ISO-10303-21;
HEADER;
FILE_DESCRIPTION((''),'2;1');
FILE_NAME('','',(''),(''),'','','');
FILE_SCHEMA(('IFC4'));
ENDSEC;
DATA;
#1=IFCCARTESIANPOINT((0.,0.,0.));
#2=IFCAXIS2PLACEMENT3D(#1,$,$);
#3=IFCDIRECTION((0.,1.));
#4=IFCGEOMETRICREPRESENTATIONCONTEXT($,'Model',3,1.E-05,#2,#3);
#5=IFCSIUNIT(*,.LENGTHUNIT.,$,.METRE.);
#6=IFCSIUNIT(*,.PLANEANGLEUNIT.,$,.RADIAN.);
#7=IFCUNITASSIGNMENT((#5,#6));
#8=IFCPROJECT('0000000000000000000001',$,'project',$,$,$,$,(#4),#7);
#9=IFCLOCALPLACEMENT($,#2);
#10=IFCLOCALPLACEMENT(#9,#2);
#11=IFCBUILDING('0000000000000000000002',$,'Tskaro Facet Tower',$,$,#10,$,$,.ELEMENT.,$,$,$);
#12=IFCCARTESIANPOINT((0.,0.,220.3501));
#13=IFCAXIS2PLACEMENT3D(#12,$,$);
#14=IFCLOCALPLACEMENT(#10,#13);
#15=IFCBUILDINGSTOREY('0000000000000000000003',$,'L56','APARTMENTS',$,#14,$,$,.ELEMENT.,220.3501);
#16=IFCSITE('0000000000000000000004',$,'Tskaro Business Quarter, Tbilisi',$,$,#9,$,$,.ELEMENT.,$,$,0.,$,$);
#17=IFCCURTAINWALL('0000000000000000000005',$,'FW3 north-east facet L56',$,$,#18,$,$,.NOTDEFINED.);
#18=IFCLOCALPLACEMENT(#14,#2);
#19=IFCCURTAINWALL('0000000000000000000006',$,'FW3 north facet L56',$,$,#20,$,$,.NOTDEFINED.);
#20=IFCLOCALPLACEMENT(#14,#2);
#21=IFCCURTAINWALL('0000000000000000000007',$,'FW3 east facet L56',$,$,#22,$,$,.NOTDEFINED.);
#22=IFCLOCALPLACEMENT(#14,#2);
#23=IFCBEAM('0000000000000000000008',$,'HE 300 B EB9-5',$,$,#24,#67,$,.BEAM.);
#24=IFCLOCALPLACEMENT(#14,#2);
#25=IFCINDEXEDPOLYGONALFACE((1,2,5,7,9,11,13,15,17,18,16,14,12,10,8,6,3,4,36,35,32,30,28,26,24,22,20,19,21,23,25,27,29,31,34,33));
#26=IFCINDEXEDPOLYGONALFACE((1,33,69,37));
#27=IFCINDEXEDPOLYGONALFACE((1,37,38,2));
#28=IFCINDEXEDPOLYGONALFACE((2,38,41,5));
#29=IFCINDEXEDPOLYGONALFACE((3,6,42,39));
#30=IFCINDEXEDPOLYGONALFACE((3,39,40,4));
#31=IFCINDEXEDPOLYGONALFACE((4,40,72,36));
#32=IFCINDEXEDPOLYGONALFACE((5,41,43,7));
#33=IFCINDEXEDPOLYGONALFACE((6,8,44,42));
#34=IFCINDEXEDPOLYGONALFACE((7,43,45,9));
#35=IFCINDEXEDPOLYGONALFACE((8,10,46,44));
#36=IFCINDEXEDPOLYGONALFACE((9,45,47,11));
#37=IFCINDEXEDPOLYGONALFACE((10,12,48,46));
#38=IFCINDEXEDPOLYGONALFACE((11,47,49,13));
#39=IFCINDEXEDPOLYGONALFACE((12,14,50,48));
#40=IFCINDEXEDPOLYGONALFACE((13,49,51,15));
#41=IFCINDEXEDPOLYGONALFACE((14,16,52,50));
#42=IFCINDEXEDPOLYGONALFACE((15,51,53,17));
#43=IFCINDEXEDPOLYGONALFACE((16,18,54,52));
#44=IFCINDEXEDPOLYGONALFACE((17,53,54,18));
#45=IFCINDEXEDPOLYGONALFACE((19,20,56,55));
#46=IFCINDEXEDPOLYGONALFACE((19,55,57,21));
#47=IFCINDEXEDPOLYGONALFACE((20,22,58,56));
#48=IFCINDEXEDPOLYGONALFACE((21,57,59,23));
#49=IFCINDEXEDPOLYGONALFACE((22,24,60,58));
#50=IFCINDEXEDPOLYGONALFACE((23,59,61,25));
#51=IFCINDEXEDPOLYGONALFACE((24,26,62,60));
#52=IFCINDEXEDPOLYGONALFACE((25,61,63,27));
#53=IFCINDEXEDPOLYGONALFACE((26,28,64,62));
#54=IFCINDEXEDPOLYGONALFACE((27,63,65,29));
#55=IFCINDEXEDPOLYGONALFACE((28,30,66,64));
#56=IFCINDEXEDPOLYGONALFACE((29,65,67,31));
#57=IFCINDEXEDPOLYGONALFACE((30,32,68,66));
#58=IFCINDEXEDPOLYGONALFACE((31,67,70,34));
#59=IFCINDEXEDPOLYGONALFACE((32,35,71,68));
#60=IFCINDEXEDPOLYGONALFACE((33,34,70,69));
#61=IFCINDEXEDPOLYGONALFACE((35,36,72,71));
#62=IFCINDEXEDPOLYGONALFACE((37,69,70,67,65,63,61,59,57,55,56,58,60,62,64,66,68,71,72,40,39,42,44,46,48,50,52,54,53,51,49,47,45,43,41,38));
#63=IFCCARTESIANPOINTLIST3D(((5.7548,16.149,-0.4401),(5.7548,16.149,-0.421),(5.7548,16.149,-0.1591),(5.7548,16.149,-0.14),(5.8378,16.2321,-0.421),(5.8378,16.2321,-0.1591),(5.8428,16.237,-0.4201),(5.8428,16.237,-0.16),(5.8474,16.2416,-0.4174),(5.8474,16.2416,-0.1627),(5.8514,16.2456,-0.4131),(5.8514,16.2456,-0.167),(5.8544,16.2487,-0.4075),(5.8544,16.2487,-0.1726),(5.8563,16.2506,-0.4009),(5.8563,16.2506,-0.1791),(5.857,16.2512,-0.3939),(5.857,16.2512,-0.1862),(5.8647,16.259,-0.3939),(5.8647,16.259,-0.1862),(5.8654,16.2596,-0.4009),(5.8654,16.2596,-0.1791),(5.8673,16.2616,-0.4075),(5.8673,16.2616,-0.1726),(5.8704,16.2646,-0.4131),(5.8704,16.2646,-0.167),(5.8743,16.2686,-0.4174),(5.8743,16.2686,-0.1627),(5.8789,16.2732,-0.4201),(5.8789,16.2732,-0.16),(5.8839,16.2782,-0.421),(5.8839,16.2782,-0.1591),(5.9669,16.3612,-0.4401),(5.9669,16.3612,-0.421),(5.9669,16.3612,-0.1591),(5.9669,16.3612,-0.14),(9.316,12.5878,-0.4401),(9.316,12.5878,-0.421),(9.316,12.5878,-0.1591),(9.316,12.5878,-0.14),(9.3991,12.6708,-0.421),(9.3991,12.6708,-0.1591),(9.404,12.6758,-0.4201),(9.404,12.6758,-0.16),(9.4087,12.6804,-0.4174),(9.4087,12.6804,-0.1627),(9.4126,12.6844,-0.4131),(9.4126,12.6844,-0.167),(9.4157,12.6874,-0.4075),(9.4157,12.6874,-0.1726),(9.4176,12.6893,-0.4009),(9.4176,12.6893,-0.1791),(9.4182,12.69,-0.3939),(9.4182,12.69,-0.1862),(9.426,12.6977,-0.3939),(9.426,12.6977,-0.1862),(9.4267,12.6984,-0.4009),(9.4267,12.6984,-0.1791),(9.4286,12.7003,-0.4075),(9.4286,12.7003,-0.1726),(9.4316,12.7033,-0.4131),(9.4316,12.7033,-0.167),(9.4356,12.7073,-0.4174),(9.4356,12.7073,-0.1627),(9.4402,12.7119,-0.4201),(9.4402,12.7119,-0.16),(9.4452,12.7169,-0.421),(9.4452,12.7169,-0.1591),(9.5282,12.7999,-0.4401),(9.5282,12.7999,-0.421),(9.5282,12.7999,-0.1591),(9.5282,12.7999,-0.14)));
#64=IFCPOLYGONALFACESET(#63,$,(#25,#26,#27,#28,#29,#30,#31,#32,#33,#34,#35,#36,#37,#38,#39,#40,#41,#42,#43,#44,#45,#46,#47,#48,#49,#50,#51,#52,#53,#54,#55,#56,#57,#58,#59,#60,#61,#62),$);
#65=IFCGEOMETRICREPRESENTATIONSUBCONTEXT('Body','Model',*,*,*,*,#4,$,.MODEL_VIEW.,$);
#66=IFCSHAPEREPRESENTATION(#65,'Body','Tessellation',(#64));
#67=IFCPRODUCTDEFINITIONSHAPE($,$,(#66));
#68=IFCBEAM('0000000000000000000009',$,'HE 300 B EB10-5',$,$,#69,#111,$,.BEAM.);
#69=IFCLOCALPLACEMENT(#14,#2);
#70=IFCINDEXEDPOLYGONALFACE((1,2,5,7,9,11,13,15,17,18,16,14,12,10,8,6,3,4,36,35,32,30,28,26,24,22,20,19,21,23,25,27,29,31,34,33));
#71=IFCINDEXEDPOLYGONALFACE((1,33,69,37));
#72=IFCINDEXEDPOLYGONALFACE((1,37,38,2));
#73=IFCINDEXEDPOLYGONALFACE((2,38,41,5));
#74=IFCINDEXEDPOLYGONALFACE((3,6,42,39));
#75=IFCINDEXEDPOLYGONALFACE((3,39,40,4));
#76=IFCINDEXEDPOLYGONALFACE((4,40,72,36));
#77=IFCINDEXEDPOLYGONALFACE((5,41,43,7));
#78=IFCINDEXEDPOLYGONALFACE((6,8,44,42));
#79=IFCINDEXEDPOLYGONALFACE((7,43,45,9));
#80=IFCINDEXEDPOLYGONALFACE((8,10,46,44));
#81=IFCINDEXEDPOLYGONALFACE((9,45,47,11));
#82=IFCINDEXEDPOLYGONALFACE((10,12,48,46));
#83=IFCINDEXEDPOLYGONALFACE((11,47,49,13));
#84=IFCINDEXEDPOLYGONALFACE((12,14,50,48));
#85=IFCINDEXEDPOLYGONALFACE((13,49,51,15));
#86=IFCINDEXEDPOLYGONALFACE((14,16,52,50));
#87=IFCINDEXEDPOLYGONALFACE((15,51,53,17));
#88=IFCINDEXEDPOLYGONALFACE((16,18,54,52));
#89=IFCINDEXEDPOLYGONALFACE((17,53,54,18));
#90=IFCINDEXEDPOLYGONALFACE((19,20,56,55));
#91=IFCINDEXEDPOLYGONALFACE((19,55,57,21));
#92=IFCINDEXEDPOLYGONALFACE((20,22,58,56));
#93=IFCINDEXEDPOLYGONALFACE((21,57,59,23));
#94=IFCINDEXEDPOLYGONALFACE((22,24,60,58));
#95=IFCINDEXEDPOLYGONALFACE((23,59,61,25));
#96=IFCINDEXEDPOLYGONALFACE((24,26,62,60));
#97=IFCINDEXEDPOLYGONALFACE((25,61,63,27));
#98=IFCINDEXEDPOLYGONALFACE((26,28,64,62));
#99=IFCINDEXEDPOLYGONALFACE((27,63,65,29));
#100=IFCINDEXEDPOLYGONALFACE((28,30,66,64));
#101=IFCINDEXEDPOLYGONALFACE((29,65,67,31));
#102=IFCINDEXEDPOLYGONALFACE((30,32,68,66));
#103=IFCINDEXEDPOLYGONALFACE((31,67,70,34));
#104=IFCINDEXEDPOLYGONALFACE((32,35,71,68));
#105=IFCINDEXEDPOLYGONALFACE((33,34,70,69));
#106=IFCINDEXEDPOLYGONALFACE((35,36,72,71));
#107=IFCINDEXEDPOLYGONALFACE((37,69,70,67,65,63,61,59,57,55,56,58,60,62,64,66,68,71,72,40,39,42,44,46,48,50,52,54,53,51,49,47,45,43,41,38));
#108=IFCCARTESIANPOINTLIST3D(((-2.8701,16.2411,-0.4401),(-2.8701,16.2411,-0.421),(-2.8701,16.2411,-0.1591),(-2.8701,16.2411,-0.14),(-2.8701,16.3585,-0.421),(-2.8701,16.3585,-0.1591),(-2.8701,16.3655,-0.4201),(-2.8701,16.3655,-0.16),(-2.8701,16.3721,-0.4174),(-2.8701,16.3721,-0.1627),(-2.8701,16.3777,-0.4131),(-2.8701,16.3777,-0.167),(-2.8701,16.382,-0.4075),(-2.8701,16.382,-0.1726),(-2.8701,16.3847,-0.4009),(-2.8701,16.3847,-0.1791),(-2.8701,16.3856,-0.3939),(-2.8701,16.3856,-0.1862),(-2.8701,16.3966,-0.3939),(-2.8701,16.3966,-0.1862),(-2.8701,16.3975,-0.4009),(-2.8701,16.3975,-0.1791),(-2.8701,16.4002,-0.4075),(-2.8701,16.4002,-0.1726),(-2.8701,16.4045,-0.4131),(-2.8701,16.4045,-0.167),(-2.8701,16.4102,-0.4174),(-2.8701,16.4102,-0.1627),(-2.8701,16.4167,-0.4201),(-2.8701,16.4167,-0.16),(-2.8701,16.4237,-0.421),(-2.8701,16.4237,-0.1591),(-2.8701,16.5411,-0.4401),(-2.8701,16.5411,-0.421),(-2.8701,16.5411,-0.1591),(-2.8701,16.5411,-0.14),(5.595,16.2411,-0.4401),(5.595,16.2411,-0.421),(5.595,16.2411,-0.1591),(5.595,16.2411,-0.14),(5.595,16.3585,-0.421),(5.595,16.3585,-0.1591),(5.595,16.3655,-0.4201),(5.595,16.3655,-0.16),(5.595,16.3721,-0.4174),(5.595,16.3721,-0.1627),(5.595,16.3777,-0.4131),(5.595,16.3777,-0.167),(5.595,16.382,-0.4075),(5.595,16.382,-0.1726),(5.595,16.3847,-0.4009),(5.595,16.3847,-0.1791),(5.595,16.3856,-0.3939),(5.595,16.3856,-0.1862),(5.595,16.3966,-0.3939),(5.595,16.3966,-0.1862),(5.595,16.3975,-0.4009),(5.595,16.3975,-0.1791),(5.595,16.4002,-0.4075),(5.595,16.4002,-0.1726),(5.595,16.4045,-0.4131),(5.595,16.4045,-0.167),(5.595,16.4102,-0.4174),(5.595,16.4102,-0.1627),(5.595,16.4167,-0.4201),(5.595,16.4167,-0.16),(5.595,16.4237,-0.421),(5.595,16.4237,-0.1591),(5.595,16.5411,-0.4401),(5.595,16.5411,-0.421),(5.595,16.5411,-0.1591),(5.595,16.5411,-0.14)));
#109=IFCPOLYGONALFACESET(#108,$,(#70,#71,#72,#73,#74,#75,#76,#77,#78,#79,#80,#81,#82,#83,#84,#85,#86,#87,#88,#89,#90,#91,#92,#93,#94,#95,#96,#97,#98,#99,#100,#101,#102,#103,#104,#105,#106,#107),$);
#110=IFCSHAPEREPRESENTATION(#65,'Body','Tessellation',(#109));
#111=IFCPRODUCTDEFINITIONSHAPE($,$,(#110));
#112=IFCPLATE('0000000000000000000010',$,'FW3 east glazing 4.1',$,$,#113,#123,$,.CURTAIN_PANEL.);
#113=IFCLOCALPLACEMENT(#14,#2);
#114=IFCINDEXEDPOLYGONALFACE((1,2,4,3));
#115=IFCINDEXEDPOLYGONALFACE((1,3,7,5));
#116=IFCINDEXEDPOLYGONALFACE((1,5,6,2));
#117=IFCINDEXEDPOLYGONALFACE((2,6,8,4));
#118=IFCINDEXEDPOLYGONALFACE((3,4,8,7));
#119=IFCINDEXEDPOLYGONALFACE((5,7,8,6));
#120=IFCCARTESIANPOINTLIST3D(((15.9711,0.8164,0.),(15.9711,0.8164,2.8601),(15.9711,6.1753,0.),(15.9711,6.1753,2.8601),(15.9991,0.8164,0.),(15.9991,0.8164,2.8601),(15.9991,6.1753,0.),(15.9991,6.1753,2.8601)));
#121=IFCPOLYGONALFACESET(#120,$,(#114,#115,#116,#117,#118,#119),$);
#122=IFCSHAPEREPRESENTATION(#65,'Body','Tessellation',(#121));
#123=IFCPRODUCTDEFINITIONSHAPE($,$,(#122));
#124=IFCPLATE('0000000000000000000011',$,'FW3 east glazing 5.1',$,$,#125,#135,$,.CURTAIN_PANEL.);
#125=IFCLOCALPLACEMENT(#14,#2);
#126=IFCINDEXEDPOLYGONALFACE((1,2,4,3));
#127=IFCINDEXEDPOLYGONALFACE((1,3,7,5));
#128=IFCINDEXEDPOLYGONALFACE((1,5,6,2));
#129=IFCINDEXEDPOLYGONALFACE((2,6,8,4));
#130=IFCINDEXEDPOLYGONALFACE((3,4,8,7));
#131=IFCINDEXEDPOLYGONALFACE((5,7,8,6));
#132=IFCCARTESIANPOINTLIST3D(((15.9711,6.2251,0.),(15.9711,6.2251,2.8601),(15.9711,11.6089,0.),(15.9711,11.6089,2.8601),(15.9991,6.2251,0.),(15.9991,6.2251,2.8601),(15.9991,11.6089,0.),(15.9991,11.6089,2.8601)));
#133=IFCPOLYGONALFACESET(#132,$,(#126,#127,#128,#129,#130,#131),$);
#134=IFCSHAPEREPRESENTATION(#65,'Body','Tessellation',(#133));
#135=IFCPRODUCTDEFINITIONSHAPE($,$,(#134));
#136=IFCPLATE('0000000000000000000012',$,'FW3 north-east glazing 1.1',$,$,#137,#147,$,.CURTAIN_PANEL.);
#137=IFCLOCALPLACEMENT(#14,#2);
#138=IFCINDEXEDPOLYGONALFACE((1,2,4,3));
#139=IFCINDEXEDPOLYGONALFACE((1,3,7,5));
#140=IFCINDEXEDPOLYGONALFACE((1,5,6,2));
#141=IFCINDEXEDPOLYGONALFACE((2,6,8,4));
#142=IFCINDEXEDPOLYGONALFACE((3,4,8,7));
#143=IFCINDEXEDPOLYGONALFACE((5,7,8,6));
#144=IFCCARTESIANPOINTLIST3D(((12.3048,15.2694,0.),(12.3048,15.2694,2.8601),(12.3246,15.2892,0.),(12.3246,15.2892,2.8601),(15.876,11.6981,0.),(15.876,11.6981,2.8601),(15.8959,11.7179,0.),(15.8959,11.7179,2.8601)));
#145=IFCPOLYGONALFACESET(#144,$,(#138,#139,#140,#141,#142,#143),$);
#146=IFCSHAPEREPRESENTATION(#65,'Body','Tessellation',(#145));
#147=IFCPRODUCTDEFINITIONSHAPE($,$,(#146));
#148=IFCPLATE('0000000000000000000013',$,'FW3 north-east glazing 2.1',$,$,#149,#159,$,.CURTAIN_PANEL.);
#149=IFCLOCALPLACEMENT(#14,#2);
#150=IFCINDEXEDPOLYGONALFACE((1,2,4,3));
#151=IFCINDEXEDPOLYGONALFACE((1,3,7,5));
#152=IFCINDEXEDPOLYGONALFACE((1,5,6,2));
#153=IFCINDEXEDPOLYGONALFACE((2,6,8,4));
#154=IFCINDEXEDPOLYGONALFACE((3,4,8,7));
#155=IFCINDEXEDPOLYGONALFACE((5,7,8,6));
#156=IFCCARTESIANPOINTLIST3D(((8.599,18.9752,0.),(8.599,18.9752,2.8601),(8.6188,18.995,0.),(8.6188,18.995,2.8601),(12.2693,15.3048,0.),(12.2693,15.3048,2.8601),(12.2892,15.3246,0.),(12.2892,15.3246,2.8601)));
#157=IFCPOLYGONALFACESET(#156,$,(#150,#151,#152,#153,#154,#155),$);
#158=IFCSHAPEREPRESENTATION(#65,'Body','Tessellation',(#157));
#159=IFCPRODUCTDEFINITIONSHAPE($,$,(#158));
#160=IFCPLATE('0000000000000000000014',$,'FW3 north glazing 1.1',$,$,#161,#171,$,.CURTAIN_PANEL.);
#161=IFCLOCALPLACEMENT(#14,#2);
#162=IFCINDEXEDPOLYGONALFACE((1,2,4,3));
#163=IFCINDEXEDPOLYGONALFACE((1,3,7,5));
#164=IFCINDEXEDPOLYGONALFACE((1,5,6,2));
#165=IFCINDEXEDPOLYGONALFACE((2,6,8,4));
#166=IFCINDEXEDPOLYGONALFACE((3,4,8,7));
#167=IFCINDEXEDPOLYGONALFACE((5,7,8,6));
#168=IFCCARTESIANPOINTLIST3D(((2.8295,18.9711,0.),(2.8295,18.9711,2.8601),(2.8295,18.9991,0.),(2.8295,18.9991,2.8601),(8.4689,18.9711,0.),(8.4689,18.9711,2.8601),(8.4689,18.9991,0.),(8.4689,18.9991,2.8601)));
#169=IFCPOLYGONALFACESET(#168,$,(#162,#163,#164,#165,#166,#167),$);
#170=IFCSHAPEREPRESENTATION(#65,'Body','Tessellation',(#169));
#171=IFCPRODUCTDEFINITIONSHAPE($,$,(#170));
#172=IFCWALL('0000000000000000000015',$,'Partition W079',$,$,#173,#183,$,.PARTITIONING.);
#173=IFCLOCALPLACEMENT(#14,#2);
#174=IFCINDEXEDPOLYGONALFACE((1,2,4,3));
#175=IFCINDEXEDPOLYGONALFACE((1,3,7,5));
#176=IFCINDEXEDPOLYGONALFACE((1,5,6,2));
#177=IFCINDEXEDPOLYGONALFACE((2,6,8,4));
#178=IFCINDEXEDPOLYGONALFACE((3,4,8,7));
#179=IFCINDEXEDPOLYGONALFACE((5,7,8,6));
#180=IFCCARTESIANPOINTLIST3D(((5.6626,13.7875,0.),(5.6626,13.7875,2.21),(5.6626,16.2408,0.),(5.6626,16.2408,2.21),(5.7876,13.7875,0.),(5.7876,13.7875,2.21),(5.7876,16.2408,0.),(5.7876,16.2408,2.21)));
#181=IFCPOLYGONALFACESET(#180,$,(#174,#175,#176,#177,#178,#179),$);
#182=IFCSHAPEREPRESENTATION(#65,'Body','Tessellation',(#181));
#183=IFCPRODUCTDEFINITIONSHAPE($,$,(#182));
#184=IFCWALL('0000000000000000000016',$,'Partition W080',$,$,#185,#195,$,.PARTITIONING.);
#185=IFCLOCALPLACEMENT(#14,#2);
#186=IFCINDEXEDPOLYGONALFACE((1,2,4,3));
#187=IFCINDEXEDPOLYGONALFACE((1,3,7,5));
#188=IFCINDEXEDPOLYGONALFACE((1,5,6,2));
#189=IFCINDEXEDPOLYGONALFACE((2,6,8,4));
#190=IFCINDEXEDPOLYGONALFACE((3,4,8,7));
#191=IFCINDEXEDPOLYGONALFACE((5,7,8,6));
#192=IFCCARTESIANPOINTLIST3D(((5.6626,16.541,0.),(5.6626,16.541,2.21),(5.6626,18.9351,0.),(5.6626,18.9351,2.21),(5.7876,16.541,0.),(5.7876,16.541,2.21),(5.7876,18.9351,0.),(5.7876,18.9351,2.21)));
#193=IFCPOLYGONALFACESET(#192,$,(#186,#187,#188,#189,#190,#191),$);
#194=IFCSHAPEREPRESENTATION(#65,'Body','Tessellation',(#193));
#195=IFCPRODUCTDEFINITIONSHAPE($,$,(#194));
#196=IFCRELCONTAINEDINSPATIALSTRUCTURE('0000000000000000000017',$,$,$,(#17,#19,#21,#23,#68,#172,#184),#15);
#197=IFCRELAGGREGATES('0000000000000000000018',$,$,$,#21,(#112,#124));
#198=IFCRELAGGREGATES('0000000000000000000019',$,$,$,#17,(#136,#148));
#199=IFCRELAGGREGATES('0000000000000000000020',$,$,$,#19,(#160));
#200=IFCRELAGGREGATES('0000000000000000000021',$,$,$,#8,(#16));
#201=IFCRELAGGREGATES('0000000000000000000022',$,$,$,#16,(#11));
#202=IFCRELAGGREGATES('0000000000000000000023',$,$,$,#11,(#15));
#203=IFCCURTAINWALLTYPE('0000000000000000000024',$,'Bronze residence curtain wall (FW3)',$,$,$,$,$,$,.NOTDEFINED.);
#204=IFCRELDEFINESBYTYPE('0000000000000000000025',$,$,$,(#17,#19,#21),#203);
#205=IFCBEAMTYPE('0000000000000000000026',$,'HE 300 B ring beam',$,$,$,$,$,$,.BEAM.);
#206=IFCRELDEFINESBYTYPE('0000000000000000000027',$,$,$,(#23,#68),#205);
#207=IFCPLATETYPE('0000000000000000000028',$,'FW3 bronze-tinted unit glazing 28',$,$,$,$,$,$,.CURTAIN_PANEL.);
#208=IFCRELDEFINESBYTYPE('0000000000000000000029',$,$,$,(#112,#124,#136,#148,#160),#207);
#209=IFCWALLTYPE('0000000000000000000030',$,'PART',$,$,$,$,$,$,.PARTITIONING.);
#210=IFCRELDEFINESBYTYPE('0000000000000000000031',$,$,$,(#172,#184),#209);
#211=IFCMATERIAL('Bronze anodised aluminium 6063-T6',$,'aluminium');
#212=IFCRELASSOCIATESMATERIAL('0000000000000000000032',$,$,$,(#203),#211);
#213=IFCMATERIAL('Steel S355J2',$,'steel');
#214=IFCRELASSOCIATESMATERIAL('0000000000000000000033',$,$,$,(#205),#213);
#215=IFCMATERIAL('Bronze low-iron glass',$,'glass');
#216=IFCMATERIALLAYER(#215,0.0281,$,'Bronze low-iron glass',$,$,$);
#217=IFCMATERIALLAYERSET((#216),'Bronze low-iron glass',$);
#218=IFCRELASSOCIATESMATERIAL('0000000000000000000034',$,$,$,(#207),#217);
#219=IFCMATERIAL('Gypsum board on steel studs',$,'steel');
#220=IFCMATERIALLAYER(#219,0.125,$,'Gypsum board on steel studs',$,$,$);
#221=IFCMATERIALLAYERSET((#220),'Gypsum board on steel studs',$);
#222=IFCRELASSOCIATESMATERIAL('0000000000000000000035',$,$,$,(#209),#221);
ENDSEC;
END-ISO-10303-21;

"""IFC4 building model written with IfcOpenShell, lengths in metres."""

from ifc_helpers import new_model, si_unit, direction, frame, frame_2d, origin, origin_2d, place, context, subcontext, project, spatial, rectangle, i_section, extrude, material, layer, layer_set, material_profile, profile_set, type_object, element, aggregate, save


model = new_model("IFC4")

# Units and contexts
model_context = context("Model", 3, precision=1e-05, world=origin(), true_north=direction((0.0, 1.0)))
body_context = subcontext(model_context, "Body", "Model", "MODEL_VIEW")
ifc_project = project(units=[si_unit("LENGTHUNIT", "METRE"), si_unit("PLANEANGLEUNIT", "RADIAN")], contexts=[model_context])

# Site, building, storey
site_placement = place(None, origin())
site = spatial("IfcSite", under=ifc_project, at=site_placement, Name="Tskaro Business Quarter, Tbilisi", CompositionType="ELEMENT", RefElevation=0.0)
building_placement = place(site_placement, origin())
building = spatial("IfcBuilding", under=site, at=building_placement, Name="Tskaro Facet Tower", CompositionType="ELEMENT")
storey_placement = place(building_placement, frame((0.0, 0.0, 220.3501)))
storey = spatial("IfcBuildingStorey", under=building, at=storey_placement, Name="L56", Description="APARTMENTS", CompositionType="ELEMENT", Elevation=220.3501)

# Shared definitions
ifc_material_1 = material(Name="Steel S355J2", Category="steel")

# Curtain walls
ifc_material_2 = material(Name="Bronze anodised aluminium 6063-T6", Category="aluminium")
curtain_wall_type = type_object("IfcCurtainWallType", Name="Bronze residence curtain wall (FW3)", PredefinedType="NOTDEFINED", material=ifc_material_2)
curtain_wall_1_placement = place(storey_placement, origin())
curtain_wall_1 = element("IfcCurtainWall", 1, at=curtain_wall_1_placement, inside=storey, type_object=curtain_wall_type, Name="FW3 north-east facet L56", PredefinedType="NOTDEFINED")
curtain_wall_2_placement = place(storey_placement, origin())
curtain_wall_2 = element("IfcCurtainWall", 2, at=curtain_wall_2_placement, inside=storey, type_object=curtain_wall_type, Name="FW3 north facet L56", PredefinedType="NOTDEFINED")

# Curtain wall
curtain_wall_3_placement = place(storey_placement, origin())
curtain_wall_3 = element("IfcCurtainWall", 3, at=curtain_wall_3_placement, inside=storey, type_object=curtain_wall_type, Name="FW3 east facet L56", PredefinedType="NOTDEFINED")

# Beams
ifc_material_profile_1 = material_profile(ifc_material_1, i_section(OverallWidth=0.3, OverallDepth=0.3, WebThickness=0.011, FlangeThickness=0.019, FilletRadius=0.0271, at=origin_2d()), Name="HE 300 B")
ifc_profile_set_1 = profile_set([ifc_material_profile_1], Name="Steel S355J2")
beam_type = type_object("IfcBeamType", Name="HE 300 B ring beam", PredefinedType="BEAM", material=ifc_profile_set_1)
for number, where, z_axis, x_axis, name in (
    (4, (9.4221, 12.6938, -0.29), (-0.707107, 0.707107, 0.0), (-0.707107, -0.707107, 0.0), "HE 300 B EB9-5"),
):
    element("IfcBeam", number, at=place(storey_placement, frame(where, z_axis=z_axis, x_axis=x_axis)), inside=storey, type_object=beam_type, Name=name, PredefinedType="BEAM", context=body_context, shape_type="SweptSolid", body=[
        extrude(i_section(OverallWidth=0.3, OverallDepth=0.3, WebThickness=0.011, FlangeThickness=0.019, FilletRadius=0.0271, at=origin_2d()), origin(), (0.0, 0.0, 1.0), 5.0364),
    ])
beam_1_placement = place(storey_placement, frame((5.595, 16.3911, -0.29), z_axis=(-1.0, 0.0, 0.0), x_axis=(0.0, -1.0, 0.0)))
element("IfcBeam", 5, at=beam_1_placement, inside=storey, type_object=beam_type, Name="HE 300 B EB10-5", PredefinedType="BEAM", context=body_context, shape_type="SweptSolid", body=[
    extrude(i_section(OverallWidth=0.3, OverallDepth=0.3, WebThickness=0.011, FlangeThickness=0.019, FilletRadius=0.0271, at=origin_2d()), origin(), (0.0, 0.0, 1.0), 8.4651),
])

# Plates
ifc_material_3 = material(Name="Bronze low-iron glass", Category="glass")
ifc_layer_1 = layer(ifc_material_3, 0.0281, Name="Bronze low-iron glass")
ifc_layer_set_1 = layer_set([ifc_layer_1], Name="Bronze low-iron glass")
plate_type = type_object("IfcPlateType", Name="FW3 bronze-tinted unit glazing 28", PredefinedType="CURTAIN_PANEL", material=ifc_layer_set_1)
plate_1_placement = place(storey_placement, frame((15.9851, 3.4958, 0.0), z_axis=(0.0, 0.0, 1.0), x_axis=(0.0, 1.0, 0.0)))
plate_1 = element("IfcPlate", 6, at=plate_1_placement, type_object=plate_type, Name="FW3 east glazing 4.1", PredefinedType="CURTAIN_PANEL", context=body_context, shape_type="SweptSolid", body=[
    extrude(rectangle(XDim=5.3589, YDim=0.0281, at=origin_2d()), origin(), (0.0, 0.0, 1.0), 2.8601),
])
plate_2_placement = place(storey_placement, frame((15.9851, 8.917, 0.0), z_axis=(0.0, 0.0, 1.0), x_axis=(0.0, 1.0, 0.0)))
plate_2 = element("IfcPlate", 7, at=plate_2_placement, type_object=plate_type, Name="FW3 east glazing 5.1", PredefinedType="CURTAIN_PANEL", context=body_context, shape_type="SweptSolid", body=[
    extrude(rectangle(XDim=5.3838, YDim=0.0281, at=origin_2d()), origin(), (0.0, 0.0, 1.0), 2.8601),
])
aggregate(curtain_wall_3, [plate_1, plate_2])
plate_3_placement = place(storey_placement, frame((14.1003, 13.4937, 0.0), z_axis=(0.0, 0.0, 1.0), x_axis=(-0.707107, 0.707107, 0.0)))
plate_3 = element("IfcPlate", 8, at=plate_3_placement, type_object=plate_type, Name="FW3 north-east glazing 1.1", PredefinedType="CURTAIN_PANEL", context=body_context, shape_type="SweptSolid", body=[
    extrude(rectangle(XDim=5.0505, YDim=0.0281, at=origin_2d()), origin(), (0.0, 0.0, 1.0), 2.8601),
])
plate_4_placement = place(storey_placement, frame((10.4441, 17.1499, 0.0), z_axis=(0.0, 0.0, 1.0), x_axis=(-0.707107, 0.707107, 0.0)))
plate_4 = element("IfcPlate", 9, at=plate_4_placement, type_object=plate_type, Name="FW3 north-east glazing 2.1", PredefinedType="CURTAIN_PANEL", context=body_context, shape_type="SweptSolid", body=[
    extrude(rectangle(XDim=5.1907, YDim=0.0281, at=origin_2d()), origin(), (0.0, 0.0, 1.0), 2.8601),
])
aggregate(curtain_wall_1, [plate_3, plate_4])
plate_5_placement = place(storey_placement, frame((5.6492, 18.9851, 0.0), z_axis=(0.0, 0.0, 1.0), x_axis=(-1.0, 0.0, 0.0)))
plate_5 = element("IfcPlate", 10, at=plate_5_placement, type_object=plate_type, Name="FW3 north glazing 1.1", PredefinedType="CURTAIN_PANEL", context=body_context, shape_type="SweptSolid", body=[
    extrude(rectangle(XDim=5.6394, YDim=0.0281, at=origin_2d()), origin(), (0.0, 0.0, 1.0), 2.8601),
])
aggregate(curtain_wall_2, [plate_5])

# Walls
ifc_material_4 = material(Name="Gypsum board on steel studs", Category="steel")
ifc_layer_2 = layer(ifc_material_4, 0.125, Name="Gypsum board on steel studs")
ifc_layer_set_2 = layer_set([ifc_layer_2], Name="Gypsum board on steel studs")
wall_type_1 = type_object("IfcWallType", Name="PART", PredefinedType="PARTITIONING", material=ifc_layer_set_2)
wall_1_placement = place(storey_placement, frame((5.7251, 13.7876, 0.0), z_axis=(0.0, 0.0, 1.0), x_axis=(0.0, 1.0, 0.0)))
element("IfcWall", 11, at=wall_1_placement, inside=storey, type_object=wall_type_1, Name="Partition W079", PredefinedType="PARTITIONING", context=body_context, shape_type="SweptSolid", body=[
    extrude(rectangle(XDim=2.4534, YDim=0.125, at=frame_2d((1.2266, 0.0))), origin(), (0.0, 0.0, 1.0), 2.21),
])
wall_2_placement = place(storey_placement, frame((5.7251, 16.541, 0.0), z_axis=(0.0, 0.0, 1.0), x_axis=(0.0, 1.0, 0.0)))
element("IfcWall", 12, at=wall_2_placement, inside=storey, type_object=wall_type_1, Name="Partition W080", PredefinedType="PARTITIONING", context=body_context, shape_type="SweptSolid", body=[
    extrude(rectangle(XDim=2.394, YDim=0.125, at=frame_2d((1.197, 0.0))), origin(), (0.0, 0.0, 1.0), 2.21),
])

save(model, "model.ifc")
